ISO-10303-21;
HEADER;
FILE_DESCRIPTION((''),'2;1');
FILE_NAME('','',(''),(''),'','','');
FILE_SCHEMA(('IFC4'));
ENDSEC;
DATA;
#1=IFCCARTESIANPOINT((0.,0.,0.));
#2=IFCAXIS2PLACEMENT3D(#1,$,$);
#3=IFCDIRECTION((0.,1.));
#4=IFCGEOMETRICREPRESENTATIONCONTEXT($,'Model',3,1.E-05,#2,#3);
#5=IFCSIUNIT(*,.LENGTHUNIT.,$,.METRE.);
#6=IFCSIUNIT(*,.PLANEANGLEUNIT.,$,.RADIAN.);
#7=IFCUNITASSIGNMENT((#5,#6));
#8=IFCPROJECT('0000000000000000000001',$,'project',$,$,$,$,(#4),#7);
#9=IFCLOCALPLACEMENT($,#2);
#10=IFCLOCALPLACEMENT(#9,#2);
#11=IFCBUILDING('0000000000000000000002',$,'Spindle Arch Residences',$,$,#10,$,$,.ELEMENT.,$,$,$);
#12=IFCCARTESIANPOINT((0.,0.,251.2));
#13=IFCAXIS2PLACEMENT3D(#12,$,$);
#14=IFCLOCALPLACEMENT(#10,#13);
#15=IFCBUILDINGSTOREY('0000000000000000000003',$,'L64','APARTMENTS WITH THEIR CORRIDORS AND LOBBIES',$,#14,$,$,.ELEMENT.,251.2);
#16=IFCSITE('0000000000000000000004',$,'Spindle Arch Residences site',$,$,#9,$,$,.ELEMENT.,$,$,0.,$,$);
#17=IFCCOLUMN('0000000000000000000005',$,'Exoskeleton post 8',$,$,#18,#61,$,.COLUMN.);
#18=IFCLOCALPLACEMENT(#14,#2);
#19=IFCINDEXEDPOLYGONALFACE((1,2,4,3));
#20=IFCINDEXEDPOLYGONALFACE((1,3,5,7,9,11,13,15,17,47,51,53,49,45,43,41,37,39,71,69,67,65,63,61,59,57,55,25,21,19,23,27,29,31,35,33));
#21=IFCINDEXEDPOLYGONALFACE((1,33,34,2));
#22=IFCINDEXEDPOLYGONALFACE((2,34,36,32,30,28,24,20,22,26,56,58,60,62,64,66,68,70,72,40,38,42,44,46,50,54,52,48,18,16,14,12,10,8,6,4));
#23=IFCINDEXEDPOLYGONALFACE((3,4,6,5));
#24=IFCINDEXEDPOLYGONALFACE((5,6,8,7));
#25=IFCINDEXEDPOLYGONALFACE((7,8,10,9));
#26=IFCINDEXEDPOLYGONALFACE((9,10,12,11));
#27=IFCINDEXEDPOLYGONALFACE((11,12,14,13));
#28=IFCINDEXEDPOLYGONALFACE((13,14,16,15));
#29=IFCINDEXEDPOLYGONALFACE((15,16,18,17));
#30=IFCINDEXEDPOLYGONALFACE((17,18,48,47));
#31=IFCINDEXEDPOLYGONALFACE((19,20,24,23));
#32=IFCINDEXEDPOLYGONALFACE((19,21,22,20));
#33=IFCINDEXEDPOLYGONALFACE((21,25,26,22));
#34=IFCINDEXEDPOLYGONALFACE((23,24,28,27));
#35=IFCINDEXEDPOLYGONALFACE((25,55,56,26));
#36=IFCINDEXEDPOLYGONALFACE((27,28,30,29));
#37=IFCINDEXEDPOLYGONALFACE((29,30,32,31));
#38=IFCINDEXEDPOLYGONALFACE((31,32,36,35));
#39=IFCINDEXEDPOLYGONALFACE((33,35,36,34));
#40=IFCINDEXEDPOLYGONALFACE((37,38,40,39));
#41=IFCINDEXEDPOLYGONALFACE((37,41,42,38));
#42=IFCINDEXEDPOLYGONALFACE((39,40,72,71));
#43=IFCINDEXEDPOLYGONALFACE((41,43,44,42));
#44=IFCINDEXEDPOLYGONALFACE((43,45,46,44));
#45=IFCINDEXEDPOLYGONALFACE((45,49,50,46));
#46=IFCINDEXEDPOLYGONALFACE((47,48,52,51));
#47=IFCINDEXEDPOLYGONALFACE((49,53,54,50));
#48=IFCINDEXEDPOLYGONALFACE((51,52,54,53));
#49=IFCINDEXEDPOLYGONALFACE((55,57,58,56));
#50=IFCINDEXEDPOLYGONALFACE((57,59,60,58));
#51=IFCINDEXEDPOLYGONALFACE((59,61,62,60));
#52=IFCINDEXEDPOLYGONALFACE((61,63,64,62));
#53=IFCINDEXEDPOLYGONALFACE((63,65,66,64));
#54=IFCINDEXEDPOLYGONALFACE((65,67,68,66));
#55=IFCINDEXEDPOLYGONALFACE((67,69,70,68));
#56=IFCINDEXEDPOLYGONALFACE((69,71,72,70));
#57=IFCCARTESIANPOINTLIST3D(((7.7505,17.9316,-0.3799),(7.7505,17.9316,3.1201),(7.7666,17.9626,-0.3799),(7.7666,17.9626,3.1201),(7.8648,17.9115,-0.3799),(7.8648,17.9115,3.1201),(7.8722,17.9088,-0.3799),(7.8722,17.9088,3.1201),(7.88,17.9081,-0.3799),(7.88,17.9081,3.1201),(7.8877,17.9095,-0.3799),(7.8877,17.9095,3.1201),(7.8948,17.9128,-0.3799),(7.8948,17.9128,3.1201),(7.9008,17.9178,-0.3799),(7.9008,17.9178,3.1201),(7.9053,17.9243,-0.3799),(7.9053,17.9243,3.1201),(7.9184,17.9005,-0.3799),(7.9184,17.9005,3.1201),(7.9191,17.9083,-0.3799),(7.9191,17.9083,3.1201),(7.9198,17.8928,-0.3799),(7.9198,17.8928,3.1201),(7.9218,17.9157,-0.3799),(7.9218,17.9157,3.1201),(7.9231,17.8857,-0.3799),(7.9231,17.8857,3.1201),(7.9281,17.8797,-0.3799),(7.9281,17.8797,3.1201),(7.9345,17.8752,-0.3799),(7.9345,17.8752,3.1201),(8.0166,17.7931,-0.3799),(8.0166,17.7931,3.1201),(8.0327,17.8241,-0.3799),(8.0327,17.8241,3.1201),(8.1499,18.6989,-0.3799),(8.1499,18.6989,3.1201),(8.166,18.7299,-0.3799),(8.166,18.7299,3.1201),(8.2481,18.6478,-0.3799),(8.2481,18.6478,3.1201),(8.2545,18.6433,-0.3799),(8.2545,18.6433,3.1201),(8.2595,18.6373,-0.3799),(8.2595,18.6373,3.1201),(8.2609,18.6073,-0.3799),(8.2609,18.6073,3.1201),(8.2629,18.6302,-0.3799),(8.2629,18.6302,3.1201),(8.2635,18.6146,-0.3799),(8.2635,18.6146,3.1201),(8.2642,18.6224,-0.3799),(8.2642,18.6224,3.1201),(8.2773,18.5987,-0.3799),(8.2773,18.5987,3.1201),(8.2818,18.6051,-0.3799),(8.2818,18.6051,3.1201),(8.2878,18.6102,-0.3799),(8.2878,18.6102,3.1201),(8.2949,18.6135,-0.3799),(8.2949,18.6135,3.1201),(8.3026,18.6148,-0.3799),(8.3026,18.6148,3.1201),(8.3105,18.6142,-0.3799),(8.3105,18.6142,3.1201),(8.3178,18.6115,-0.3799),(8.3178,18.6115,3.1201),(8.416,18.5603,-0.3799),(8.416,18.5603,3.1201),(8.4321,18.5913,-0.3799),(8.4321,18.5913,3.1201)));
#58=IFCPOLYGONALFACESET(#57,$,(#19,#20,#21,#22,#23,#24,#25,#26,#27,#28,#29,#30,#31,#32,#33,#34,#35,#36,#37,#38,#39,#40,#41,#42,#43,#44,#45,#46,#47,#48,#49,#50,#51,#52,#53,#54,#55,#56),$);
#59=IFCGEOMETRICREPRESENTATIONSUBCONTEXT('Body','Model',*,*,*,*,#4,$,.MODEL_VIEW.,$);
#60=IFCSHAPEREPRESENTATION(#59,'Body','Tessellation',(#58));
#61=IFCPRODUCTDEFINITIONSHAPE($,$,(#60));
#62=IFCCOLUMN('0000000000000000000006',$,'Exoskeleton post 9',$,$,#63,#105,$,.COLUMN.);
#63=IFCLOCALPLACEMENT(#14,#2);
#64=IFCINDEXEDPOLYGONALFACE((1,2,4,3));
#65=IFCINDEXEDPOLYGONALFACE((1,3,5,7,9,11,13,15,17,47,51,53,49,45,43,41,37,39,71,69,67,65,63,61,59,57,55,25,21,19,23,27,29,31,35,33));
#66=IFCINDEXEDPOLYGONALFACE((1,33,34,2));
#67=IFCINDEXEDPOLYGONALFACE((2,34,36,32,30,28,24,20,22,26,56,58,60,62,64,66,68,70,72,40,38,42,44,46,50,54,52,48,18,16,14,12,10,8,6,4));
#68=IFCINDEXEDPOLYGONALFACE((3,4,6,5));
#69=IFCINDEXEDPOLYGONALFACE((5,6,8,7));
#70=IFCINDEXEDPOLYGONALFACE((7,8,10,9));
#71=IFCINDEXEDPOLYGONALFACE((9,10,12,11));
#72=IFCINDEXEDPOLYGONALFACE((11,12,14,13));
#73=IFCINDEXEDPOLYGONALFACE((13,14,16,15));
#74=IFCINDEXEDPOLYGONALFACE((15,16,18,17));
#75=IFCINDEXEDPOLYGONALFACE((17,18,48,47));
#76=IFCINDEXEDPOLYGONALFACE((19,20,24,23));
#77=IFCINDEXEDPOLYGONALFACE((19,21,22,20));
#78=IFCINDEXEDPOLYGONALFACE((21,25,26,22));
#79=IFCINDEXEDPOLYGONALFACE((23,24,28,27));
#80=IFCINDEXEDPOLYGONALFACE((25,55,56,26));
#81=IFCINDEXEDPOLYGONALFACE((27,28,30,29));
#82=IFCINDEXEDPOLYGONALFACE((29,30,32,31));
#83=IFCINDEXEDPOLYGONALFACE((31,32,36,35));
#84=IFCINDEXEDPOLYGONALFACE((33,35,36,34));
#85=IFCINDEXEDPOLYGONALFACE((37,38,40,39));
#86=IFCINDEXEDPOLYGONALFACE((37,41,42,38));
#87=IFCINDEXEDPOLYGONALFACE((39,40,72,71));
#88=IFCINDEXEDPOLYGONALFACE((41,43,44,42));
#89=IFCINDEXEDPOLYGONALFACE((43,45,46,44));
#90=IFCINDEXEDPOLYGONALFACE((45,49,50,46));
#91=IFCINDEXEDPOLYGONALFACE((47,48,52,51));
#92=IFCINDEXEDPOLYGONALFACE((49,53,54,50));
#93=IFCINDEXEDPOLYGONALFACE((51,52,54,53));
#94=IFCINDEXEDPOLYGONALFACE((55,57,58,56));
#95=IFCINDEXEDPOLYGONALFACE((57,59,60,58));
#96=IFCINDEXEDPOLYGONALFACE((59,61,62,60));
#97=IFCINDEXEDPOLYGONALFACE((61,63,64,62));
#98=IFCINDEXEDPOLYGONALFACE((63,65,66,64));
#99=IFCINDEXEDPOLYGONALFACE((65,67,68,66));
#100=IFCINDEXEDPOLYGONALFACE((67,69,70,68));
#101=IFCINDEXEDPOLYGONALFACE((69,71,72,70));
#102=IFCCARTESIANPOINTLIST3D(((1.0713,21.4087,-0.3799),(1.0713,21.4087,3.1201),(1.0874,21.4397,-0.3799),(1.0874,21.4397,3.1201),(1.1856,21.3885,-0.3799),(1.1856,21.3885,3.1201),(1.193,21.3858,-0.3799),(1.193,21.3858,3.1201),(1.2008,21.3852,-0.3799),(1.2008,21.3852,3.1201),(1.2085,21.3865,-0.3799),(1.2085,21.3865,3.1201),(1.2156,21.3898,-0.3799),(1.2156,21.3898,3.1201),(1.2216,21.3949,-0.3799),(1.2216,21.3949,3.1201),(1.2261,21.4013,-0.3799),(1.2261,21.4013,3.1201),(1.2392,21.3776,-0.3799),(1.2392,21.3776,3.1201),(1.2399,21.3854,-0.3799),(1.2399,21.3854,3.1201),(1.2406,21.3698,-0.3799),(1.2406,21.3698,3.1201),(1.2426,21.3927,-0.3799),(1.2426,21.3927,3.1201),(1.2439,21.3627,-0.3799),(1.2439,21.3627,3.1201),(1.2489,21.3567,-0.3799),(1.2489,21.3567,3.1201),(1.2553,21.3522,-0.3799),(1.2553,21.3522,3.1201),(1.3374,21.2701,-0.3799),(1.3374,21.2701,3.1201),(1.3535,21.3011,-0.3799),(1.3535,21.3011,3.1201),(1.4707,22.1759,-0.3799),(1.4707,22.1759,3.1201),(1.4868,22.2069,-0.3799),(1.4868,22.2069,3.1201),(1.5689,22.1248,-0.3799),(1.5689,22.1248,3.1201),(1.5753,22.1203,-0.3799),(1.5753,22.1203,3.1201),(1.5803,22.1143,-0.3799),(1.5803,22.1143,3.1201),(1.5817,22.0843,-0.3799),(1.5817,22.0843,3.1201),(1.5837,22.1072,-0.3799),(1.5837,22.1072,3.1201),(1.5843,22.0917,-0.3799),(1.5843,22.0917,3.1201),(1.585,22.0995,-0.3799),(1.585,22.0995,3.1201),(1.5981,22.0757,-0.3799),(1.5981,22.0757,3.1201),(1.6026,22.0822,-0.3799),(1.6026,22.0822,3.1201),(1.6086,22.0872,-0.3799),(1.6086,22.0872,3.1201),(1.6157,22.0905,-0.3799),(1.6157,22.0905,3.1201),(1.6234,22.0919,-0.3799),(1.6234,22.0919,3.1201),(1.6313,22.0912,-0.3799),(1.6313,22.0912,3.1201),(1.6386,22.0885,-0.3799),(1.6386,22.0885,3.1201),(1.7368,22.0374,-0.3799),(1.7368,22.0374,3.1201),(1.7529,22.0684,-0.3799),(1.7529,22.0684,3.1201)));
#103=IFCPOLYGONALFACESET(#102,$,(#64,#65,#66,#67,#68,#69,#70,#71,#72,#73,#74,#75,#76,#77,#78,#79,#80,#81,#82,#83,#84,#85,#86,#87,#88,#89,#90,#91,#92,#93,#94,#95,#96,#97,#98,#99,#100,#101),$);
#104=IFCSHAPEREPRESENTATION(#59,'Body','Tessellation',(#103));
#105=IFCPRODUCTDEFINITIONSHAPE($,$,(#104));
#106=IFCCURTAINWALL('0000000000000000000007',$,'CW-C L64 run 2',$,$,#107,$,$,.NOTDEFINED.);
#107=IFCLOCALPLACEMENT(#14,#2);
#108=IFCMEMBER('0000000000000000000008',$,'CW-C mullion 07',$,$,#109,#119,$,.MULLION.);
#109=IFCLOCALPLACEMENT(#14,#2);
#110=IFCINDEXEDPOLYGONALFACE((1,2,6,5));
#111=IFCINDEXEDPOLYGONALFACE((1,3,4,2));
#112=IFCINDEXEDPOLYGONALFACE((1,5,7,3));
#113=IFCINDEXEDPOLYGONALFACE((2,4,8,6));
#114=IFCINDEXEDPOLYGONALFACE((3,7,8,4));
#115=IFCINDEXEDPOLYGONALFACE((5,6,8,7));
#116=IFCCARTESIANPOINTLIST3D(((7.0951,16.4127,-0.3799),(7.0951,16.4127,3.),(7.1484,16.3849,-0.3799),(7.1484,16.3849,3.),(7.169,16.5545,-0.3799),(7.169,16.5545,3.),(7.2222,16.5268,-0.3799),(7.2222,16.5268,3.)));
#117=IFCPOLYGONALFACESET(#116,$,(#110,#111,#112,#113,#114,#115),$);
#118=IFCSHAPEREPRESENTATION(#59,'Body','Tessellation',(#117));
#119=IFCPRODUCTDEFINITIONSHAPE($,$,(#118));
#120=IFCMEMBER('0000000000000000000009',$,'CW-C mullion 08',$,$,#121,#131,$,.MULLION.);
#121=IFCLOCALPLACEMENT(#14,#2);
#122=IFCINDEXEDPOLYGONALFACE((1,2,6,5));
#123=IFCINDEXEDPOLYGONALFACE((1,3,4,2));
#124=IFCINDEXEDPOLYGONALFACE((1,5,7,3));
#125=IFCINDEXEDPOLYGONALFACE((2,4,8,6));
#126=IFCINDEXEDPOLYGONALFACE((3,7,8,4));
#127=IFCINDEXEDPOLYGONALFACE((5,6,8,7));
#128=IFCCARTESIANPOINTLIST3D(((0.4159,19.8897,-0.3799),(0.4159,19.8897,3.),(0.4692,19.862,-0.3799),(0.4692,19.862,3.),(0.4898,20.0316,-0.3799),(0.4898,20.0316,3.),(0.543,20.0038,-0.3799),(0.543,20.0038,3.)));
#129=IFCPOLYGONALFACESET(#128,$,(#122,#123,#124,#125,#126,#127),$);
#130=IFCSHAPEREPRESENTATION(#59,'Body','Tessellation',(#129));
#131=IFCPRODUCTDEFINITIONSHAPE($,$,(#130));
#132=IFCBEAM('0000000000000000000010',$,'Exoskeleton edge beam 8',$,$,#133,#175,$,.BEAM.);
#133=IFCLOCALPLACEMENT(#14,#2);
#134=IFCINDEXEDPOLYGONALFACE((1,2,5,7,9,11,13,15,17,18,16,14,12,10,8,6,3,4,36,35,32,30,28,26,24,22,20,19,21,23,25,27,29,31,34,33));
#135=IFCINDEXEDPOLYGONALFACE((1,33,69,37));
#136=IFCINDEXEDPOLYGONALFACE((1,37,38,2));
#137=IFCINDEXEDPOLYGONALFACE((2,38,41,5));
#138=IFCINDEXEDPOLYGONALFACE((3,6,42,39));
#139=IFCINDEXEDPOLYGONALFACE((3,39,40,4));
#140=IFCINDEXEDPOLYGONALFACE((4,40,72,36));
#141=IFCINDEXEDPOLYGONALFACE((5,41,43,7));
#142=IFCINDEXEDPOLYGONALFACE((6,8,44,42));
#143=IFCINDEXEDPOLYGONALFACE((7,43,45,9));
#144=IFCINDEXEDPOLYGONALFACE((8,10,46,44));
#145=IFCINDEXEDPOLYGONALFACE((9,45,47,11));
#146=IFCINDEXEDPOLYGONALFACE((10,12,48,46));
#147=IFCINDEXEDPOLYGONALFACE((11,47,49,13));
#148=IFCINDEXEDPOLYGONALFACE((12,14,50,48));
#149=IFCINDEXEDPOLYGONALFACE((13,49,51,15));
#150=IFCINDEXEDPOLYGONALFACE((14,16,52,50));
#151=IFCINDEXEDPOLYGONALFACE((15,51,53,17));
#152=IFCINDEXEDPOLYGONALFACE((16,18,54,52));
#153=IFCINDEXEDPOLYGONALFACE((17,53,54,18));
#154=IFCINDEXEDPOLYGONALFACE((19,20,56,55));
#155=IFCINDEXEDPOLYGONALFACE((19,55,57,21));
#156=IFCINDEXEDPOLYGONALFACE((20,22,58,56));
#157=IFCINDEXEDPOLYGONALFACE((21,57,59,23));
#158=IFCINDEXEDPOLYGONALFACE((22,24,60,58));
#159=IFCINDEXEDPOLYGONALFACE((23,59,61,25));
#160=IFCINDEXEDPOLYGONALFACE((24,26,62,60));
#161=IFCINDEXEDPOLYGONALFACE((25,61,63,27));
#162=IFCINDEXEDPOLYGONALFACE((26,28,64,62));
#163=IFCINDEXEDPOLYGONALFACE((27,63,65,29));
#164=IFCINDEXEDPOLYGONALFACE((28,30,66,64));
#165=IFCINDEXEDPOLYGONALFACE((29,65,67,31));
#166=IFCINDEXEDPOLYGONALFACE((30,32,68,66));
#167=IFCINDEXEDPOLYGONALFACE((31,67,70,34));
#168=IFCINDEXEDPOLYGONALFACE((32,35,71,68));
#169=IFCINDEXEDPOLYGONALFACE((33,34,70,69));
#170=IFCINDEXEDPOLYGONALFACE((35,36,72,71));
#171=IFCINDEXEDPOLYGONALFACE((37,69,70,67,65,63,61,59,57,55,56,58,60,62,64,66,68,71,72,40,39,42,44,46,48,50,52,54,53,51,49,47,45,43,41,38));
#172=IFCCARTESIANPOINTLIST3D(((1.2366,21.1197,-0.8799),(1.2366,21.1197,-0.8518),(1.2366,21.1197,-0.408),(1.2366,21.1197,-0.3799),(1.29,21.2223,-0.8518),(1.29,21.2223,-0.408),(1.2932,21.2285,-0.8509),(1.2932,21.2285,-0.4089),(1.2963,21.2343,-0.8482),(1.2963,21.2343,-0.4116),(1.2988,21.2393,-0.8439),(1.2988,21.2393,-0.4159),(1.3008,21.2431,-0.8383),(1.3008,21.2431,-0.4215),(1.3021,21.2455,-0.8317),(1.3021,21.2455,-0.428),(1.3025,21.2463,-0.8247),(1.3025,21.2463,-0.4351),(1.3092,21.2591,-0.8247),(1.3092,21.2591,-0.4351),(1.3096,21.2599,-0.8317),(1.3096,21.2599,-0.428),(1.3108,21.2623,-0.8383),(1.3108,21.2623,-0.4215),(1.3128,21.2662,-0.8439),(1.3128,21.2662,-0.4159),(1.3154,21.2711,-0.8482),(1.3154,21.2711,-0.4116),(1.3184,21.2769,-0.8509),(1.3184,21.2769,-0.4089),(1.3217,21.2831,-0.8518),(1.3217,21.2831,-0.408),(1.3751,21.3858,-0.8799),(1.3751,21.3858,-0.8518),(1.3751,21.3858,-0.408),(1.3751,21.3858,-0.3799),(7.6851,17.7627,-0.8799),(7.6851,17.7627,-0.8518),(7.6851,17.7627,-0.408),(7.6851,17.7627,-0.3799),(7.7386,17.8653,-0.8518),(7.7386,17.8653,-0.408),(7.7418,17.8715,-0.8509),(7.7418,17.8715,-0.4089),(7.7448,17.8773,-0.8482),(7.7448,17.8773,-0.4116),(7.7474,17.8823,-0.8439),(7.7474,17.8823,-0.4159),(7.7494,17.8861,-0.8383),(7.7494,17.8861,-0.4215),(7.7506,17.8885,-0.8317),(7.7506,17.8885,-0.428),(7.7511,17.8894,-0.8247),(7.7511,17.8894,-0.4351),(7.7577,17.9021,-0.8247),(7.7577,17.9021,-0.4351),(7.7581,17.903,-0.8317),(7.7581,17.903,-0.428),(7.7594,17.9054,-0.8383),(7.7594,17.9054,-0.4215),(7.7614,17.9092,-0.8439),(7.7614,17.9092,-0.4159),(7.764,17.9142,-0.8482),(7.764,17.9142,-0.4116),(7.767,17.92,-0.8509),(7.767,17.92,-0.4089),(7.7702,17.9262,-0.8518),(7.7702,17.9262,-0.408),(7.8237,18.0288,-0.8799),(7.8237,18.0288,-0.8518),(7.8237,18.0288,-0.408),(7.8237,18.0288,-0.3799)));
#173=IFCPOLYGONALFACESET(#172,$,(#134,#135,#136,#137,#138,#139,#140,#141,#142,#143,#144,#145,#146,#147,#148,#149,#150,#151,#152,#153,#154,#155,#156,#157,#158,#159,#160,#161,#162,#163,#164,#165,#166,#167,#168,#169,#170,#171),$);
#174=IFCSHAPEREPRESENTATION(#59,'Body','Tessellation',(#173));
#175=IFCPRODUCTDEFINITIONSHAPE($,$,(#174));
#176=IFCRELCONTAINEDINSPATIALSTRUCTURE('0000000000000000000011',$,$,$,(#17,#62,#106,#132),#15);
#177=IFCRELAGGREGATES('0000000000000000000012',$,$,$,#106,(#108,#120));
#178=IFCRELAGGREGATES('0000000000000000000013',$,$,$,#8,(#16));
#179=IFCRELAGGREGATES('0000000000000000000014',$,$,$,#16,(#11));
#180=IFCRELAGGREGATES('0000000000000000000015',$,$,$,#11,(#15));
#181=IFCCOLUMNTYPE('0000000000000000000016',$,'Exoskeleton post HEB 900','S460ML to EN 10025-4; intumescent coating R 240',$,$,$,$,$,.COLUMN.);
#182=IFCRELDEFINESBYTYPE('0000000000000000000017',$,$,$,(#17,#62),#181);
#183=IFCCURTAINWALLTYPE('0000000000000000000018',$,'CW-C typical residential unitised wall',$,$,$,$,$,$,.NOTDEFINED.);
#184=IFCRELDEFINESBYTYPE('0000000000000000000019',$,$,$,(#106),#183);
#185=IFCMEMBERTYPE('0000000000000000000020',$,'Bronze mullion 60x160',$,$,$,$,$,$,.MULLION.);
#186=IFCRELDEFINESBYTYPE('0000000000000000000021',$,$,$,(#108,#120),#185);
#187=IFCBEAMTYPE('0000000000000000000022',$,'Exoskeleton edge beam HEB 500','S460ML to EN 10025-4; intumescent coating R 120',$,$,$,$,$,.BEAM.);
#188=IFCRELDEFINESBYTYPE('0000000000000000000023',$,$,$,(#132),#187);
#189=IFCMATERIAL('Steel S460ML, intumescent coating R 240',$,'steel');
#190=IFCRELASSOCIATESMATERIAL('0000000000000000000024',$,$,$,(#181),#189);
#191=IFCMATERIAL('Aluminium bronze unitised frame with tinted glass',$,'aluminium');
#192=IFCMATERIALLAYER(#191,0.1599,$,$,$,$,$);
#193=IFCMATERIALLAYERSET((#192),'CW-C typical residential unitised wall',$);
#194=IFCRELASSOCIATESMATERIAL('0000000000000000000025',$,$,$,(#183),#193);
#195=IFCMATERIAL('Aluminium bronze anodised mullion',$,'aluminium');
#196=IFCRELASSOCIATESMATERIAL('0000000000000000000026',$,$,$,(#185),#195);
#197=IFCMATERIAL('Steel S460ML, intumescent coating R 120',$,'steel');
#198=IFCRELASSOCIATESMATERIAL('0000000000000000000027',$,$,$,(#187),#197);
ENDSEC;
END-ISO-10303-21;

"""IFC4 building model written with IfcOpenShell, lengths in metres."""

from ifc_helpers import new_model, si_unit, direction, frame, origin, origin_2d, place, context, subcontext, project, spatial, rectangle, i_section, extrude, material, layer, layer_set, material_profile, profile_set, type_object, element, aggregate, save


model = new_model("IFC4")

# Units and contexts
model_context = context("Model", 3, precision=1e-05, world=origin(), true_north=direction((0.0, 1.0)))
body_context = subcontext(model_context, "Body", "Model", "MODEL_VIEW")
ifc_project = project(units=[si_unit("LENGTHUNIT", "METRE"), si_unit("PLANEANGLEUNIT", "RADIAN")], contexts=[model_context])

# Site, building, storey
site_placement = place(None, origin())
site = spatial("IfcSite", under=ifc_project, at=site_placement, Name="Spindle Arch Residences site", CompositionType="ELEMENT", RefElevation=0.0)
building_placement = place(site_placement, origin())
building = spatial("IfcBuilding", under=site, at=building_placement, Name="Spindle Arch Residences", CompositionType="ELEMENT")
storey_placement = place(building_placement, frame((0.0, 0.0, 251.2)))
storey = spatial("IfcBuildingStorey", under=building, at=storey_placement, Name="L64", Description="APARTMENTS WITH THEIR CORRIDORS AND LOBBIES", CompositionType="ELEMENT", Elevation=251.2)

# Columns
ifc_material_1 = material(Name="Steel S460ML, intumescent coating R 240", Category="steel")
ifc_material_profile_1 = material_profile(ifc_material_1, i_section(OverallWidth=0.3, OverallDepth=0.8999, WebThickness=0.0186, FlangeThickness=0.0349, FilletRadius=0.03, at=origin_2d()), Name="HEB 900")
ifc_profile_set_1 = profile_set([ifc_material_profile_1], Name="Steel S460ML, intumescent coating R 240")
column_type = type_object("IfcColumnType", Name="Exoskeleton post HEB 900", Description="S460ML to EN 10025-4; intumescent coating R 240", PredefinedType="COLUMN", material=ifc_profile_set_1)
for number, where, z_axis, x_axis, name in (
    (1, (8.0913, 18.2615, -0.3799), (0.0, 0.0, 1.0), (0.887011, -0.461749, 0.0), "Exoskeleton post 8"),
    (2, (1.4121, 21.7385, -0.3799), (0.0, 0.0, 1.0), (0.887011, -0.461749, 0.0), "Exoskeleton post 9"),
):
    element("IfcColumn", number, at=place(storey_placement, frame(where, z_axis=z_axis, x_axis=x_axis)), inside=storey, type_object=column_type, Name=name, PredefinedType="COLUMN", context=body_context, shape_type="SweptSolid", body=[
        extrude(i_section(OverallWidth=0.3, OverallDepth=0.8999, WebThickness=0.0186, FlangeThickness=0.0349, FilletRadius=0.03, at=origin_2d()), origin(), (0.0, 0.0, 1.0), 3.5),
    ])

# Curtain wall, members
ifc_material_2 = material(Name="Aluminium bronze unitised frame with tinted glass", Category="aluminium")
ifc_layer_1 = layer(ifc_material_2, 0.1599)
ifc_layer_set_1 = layer_set([ifc_layer_1], Name="CW-C typical residential unitised wall")
curtain_wall_type = type_object("IfcCurtainWallType", Name="CW-C typical residential unitised wall", PredefinedType="NOTDEFINED", material=ifc_layer_set_1)
curtain_wall_placement = place(storey_placement, origin())
curtain_wall = element("IfcCurtainWall", 3, at=curtain_wall_placement, inside=storey, type_object=curtain_wall_type, Name="CW-C L64 run 2", PredefinedType="NOTDEFINED")
ifc_material_3 = material(Name="Aluminium bronze anodised mullion", Category="aluminium")
ifc_material_profile_2 = material_profile(ifc_material_3, rectangle(XDim=0.1599, YDim=0.0601, at=origin_2d()), Name="MU 60x160")
ifc_profile_set_2 = profile_set([ifc_material_profile_2], Name="Aluminium bronze anodised mullion")
member_type = type_object("IfcMemberType", Name="Bronze mullion 60x160", PredefinedType="MULLION", material=ifc_profile_set_2)
member_1_placement = place(storey_placement, frame((7.1587, 16.4697, -0.3799), z_axis=(0.0, 0.0, 1.0), x_axis=(-0.461749, -0.887011, 0.0)))
member_1 = element("IfcMember", 4, at=member_1_placement, type_object=member_type, Name="CW-C mullion 07", PredefinedType="MULLION", context=body_context, shape_type="SweptSolid", body=[
    extrude(rectangle(XDim=0.1599, YDim=0.0601, at=origin_2d()), origin(), (0.0, 0.0, 1.0), 3.3799),
])
member_2_placement = place(storey_placement, frame((0.4795, 19.9468, -0.3799), z_axis=(0.0, 0.0, 1.0), x_axis=(-0.461749, -0.887011, 0.0)))
member_2 = element("IfcMember", 5, at=member_2_placement, type_object=member_type, Name="CW-C mullion 08", PredefinedType="MULLION", context=body_context, shape_type="SweptSolid", body=[
    extrude(rectangle(XDim=0.1599, YDim=0.0601, at=origin_2d()), origin(), (0.0, 0.0, 1.0), 3.3799),
])

# Beam
ifc_material_4 = material(Name="Steel S460ML, intumescent coating R 120", Category="steel")
ifc_material_profile_3 = material_profile(ifc_material_4, i_section(OverallWidth=0.3, OverallDepth=0.5, WebThickness=0.0144, FlangeThickness=0.0281, FilletRadius=0.0271, at=origin_2d()), Name="HEB 500")
ifc_profile_set_3 = profile_set([ifc_material_profile_3], Name="Steel S460ML, intumescent coating R 120")
beam_type_1 = type_object("IfcBeamType", Name="Exoskeleton edge beam HEB 500", Description="S460ML to EN 10025-4; intumescent coating R 120", PredefinedType="BEAM", material=ifc_profile_set_3)
for number, where, z_axis, x_axis, name in (
    (6, (7.7544, 17.8958, -0.6299), (-0.887007, 0.461756, 0.0), (-0.461756, -0.887007, 0.0), "Exoskeleton edge beam 8"),
):
    element("IfcBeam", number, at=place(storey_placement, frame(where, z_axis=z_axis, x_axis=x_axis)), inside=storey, type_object=beam_type_1, Name=name, PredefinedType="BEAM", context=body_context, shape_type="SweptSolid", body=[
        extrude(i_section(OverallWidth=0.3, OverallDepth=0.5, WebThickness=0.0144, FlangeThickness=0.0281, FilletRadius=0.0271, at=origin_2d()), origin(), (0.0, 0.0, 1.0), 7.27),
    ])

aggregate(curtain_wall, [member_1, member_2])

save(model, "model.ifc")
